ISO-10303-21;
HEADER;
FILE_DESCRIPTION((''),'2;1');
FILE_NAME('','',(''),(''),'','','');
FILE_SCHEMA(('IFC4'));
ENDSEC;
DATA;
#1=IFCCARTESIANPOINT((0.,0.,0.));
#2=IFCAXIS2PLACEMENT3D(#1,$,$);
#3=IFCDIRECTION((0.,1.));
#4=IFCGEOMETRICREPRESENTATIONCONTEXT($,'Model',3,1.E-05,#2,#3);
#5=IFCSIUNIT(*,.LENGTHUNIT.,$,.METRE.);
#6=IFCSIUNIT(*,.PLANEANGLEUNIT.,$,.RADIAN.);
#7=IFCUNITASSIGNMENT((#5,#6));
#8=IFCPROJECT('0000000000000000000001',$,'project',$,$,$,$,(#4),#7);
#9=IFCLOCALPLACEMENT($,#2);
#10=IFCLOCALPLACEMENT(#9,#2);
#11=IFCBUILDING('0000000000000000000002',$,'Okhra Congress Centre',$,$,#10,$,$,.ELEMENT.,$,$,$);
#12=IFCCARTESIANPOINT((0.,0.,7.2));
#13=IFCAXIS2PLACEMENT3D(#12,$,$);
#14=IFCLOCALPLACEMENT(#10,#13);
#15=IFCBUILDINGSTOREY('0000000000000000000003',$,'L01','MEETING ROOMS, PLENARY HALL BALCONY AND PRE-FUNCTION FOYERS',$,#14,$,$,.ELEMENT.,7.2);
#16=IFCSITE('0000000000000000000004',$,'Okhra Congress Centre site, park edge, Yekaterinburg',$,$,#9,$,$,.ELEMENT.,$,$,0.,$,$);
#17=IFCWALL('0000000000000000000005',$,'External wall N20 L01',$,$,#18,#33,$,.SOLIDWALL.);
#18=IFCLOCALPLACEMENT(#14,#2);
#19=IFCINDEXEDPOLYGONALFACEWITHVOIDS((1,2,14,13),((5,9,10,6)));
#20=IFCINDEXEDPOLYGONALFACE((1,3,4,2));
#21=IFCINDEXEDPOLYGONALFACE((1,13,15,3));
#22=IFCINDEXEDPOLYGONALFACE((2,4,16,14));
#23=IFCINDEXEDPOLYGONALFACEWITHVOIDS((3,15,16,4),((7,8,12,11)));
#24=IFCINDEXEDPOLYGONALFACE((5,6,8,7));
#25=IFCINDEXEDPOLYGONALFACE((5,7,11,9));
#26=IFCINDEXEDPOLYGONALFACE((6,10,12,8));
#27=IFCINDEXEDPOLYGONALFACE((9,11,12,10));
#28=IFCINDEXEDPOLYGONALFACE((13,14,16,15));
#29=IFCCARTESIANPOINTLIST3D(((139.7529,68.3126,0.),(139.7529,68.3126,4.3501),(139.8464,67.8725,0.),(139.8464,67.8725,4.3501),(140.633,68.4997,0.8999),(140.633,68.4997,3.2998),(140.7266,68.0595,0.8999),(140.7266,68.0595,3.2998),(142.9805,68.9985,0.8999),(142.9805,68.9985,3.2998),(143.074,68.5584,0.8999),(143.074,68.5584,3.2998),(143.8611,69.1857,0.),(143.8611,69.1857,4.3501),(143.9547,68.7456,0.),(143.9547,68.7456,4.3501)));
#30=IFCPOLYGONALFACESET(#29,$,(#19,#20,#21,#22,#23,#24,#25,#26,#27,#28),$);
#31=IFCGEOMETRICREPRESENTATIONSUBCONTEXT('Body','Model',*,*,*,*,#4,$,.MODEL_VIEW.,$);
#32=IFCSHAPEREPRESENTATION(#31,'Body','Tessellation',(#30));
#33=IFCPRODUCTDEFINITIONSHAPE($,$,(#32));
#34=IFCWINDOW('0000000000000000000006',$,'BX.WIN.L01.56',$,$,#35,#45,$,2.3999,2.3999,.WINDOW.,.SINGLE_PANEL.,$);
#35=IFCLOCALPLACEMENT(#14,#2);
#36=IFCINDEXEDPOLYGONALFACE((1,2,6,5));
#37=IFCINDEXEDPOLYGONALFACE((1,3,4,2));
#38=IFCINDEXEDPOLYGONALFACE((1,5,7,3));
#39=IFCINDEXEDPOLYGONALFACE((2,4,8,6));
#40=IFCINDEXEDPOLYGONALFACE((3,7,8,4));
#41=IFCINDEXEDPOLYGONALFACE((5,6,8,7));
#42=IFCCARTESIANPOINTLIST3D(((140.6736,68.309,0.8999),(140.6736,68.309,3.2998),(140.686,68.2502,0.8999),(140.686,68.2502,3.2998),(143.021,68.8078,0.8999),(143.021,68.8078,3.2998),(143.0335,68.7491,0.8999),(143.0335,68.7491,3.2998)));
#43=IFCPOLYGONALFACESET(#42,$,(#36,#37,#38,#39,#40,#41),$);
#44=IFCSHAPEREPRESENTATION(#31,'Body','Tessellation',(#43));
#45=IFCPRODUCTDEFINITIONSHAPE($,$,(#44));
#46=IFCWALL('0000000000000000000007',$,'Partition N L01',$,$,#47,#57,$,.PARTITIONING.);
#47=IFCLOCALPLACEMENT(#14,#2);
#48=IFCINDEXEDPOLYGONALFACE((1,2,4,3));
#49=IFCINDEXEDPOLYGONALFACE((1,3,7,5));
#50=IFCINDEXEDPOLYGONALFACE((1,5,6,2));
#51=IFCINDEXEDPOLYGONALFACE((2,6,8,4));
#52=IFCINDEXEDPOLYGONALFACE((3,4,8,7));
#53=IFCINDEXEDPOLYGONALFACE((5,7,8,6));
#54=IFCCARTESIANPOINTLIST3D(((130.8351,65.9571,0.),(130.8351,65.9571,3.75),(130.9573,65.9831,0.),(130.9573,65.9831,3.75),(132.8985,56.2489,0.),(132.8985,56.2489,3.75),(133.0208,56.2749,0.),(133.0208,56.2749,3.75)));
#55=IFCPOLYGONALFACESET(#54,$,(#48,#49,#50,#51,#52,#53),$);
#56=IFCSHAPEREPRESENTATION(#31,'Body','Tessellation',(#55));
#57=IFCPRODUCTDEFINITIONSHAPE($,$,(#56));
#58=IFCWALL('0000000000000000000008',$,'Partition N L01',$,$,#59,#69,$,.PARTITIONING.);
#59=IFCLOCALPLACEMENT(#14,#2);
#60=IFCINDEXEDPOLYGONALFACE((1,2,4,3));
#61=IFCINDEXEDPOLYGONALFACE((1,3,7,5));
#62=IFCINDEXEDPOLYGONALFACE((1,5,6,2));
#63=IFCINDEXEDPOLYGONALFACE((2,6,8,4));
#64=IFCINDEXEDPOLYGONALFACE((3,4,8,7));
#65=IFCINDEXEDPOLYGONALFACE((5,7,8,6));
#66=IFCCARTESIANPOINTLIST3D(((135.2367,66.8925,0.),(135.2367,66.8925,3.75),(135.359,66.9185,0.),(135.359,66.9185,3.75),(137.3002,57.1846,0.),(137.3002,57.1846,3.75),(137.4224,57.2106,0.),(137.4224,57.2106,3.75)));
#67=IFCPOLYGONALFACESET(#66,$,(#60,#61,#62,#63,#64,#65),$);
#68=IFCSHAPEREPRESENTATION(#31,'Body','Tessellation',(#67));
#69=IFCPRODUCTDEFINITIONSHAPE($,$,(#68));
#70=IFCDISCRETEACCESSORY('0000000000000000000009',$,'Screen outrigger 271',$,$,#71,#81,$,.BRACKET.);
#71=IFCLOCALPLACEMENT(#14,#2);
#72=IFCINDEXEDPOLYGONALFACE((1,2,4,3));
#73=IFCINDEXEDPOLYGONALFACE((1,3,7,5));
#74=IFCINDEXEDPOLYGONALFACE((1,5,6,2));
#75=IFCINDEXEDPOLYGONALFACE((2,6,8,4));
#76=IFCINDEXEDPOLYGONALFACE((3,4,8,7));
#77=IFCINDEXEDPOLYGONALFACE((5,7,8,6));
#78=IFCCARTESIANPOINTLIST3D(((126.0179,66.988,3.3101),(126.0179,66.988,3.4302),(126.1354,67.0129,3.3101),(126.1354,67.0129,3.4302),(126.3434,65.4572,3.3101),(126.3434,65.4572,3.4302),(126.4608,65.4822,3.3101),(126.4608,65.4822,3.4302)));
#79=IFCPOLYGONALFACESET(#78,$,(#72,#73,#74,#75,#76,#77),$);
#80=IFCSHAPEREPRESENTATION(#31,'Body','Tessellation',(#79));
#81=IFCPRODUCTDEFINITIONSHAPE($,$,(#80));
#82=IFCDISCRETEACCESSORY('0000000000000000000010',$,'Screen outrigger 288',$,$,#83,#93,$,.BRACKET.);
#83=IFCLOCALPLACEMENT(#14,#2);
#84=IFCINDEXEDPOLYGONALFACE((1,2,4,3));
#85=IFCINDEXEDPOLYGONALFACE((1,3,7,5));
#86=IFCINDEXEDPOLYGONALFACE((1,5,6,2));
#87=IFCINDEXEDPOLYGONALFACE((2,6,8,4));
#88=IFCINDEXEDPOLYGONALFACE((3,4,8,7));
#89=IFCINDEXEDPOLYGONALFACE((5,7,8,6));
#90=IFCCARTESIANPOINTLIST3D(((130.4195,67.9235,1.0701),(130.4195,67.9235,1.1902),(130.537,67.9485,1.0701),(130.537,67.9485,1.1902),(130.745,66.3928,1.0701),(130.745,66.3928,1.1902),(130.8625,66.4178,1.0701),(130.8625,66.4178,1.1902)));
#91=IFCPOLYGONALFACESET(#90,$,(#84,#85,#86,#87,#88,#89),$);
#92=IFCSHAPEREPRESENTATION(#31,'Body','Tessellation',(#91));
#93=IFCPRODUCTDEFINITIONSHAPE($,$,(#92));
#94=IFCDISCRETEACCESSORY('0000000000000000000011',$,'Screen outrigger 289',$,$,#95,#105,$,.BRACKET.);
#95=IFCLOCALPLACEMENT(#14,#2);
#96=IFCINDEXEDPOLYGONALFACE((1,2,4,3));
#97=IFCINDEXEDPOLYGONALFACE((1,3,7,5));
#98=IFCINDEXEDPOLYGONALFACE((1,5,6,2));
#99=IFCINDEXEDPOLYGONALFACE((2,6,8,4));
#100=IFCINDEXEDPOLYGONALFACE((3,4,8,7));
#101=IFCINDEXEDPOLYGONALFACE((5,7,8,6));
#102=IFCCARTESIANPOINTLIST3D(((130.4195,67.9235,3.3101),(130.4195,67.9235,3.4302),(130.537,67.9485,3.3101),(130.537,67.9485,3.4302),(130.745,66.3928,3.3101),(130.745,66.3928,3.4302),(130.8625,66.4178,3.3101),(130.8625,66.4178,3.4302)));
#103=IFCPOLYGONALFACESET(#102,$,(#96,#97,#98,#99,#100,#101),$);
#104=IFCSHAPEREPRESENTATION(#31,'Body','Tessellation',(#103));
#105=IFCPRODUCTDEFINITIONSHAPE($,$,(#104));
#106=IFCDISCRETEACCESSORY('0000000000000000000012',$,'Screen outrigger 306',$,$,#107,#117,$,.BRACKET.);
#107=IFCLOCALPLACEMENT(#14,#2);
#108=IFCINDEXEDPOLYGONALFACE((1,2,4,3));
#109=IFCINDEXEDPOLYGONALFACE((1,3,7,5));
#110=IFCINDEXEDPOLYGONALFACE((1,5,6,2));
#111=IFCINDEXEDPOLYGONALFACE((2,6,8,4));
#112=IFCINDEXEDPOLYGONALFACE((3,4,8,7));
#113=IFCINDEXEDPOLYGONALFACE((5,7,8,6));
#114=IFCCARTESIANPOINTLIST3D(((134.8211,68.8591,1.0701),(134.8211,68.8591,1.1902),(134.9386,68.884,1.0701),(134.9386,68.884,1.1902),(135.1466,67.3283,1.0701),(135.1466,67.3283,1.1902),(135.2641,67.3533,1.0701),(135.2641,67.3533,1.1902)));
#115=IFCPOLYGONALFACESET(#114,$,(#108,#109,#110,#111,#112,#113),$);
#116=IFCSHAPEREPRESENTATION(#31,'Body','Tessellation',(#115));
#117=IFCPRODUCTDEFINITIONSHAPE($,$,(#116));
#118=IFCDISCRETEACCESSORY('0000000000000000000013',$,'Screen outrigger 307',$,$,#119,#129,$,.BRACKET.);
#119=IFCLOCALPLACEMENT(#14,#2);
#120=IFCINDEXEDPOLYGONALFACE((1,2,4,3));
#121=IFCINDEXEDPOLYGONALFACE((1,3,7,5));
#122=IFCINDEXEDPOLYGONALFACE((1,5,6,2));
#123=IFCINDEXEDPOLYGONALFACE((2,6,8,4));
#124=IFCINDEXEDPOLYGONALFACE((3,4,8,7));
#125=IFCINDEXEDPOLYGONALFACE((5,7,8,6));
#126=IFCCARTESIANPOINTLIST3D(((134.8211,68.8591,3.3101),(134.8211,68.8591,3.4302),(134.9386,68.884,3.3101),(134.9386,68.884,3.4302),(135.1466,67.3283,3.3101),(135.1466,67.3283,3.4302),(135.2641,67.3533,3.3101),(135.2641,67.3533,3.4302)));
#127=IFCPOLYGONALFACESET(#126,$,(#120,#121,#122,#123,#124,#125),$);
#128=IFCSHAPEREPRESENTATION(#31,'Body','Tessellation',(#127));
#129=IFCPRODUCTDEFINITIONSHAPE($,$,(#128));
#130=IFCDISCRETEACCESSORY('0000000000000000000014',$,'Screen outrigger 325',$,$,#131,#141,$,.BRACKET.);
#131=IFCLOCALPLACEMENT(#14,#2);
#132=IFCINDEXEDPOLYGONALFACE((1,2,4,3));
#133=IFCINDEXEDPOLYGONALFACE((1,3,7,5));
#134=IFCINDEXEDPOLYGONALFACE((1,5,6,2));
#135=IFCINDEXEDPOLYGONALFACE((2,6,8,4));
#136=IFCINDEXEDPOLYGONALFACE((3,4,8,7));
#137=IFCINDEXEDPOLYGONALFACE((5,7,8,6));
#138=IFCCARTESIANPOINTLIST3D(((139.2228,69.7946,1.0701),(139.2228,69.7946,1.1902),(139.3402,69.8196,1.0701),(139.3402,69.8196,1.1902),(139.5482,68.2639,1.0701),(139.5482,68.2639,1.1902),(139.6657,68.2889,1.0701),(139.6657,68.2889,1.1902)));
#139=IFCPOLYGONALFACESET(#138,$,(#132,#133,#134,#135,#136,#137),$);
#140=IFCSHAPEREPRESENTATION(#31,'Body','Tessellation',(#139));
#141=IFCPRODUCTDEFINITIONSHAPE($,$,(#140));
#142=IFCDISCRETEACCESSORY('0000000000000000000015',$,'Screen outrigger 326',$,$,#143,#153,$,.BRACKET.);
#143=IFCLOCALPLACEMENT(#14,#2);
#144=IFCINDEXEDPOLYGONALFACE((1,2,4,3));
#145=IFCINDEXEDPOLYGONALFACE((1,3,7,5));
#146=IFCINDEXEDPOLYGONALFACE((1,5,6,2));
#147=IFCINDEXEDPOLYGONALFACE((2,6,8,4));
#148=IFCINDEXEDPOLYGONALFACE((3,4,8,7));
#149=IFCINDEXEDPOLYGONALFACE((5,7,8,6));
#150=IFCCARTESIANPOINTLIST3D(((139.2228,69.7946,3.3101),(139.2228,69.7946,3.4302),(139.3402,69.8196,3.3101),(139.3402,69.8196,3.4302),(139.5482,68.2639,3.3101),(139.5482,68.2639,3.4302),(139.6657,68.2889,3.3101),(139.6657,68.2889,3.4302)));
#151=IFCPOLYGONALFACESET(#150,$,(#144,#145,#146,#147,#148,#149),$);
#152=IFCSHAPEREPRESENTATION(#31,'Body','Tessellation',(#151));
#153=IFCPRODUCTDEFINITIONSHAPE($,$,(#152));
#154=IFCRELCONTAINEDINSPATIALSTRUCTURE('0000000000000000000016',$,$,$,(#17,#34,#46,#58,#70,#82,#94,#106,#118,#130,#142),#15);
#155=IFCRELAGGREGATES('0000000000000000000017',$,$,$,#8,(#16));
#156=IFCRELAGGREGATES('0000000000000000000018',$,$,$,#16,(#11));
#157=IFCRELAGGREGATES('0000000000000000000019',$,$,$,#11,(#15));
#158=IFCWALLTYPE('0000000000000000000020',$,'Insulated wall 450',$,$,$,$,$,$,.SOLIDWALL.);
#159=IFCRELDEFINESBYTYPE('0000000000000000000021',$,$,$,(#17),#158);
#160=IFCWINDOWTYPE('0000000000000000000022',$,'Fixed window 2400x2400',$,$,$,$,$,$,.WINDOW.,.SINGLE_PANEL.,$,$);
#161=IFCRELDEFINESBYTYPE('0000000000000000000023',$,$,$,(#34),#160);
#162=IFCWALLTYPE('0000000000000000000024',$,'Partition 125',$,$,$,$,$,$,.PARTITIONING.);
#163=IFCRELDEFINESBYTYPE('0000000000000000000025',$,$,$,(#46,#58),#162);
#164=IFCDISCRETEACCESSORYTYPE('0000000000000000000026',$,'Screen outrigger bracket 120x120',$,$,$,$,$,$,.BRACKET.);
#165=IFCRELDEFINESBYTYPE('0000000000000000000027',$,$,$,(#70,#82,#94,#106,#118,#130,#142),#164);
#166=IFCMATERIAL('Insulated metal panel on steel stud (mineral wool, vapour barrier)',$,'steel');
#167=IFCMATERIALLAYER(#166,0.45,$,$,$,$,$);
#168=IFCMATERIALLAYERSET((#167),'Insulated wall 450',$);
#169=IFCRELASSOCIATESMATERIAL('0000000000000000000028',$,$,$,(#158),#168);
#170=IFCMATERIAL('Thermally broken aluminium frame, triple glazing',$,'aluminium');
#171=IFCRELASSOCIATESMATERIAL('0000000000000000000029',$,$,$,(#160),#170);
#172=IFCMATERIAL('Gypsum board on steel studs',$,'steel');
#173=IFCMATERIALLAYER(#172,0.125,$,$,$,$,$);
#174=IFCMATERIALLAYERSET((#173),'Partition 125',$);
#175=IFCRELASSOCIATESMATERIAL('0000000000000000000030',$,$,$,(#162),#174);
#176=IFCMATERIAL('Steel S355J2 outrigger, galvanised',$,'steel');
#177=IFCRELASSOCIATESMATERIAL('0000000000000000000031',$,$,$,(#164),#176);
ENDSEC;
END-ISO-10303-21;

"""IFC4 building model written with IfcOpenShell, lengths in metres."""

from ifc_helpers import new_model, si_unit, direction, frame, frame_2d, origin, origin_2d, place, context, subcontext, project, spatial, rectangle, extrude, material, layer, layer_set, material_profile, profile_set, type_object, element, fill, save


model = new_model("IFC4")

# Units and contexts
model_context = context("Model", 3, precision=1e-05, world=origin(), true_north=direction((0.0, 1.0)))
body_context = subcontext(model_context, "Body", "Model", "MODEL_VIEW")
ifc_project = project(units=[si_unit("LENGTHUNIT", "METRE"), si_unit("PLANEANGLEUNIT", "RADIAN")], contexts=[model_context])

# Site, building, storey
site_placement = place(None, origin())
site = spatial("IfcSite", under=ifc_project, at=site_placement, Name="Okhra Congress Centre site, park edge, Yekaterinburg", CompositionType="ELEMENT", RefElevation=0.0)
building_placement = place(site_placement, origin())
building = spatial("IfcBuilding", under=site, at=building_placement, Name="Okhra Congress Centre", CompositionType="ELEMENT")
storey_placement = place(building_placement, frame((0.0, 0.0, 7.2)))
storey = spatial("IfcBuildingStorey", under=building, at=storey_placement, Name="L01", Description="MEETING ROOMS, PLENARY HALL BALCONY AND PRE-FUNCTION FOYERS", CompositionType="ELEMENT", Elevation=7.2)

# Wall, opening, window
ifc_material_1 = material(Name="Insulated metal panel on steel stud (mineral wool, vapour barrier)", Category="steel")
ifc_layer_1 = layer(ifc_material_1, 0.45)
ifc_layer_set_1 = layer_set([ifc_layer_1], Name="Insulated wall 450")
wall_type_1 = type_object("IfcWallType", Name="Insulated wall 450", PredefinedType="SOLIDWALL", material=ifc_layer_set_1)
ifc_material_2 = material(Name="Thermally broken aluminium frame, triple glazing", Category="aluminium")
window_type = type_object("IfcWindowType", Name="Fixed window 2400x2400", PartitioningType="SINGLE_PANEL", PredefinedType="WINDOW", material=ifc_material_2)
wall_1_placement = place(storey_placement, frame((139.7996, 68.0925, 0.0), z_axis=(0.0, 0.0, 1.0), x_axis=(0.978156, 0.207873, 0.0)))
wall_1 = element("IfcWall", 1, at=wall_1_placement, inside=storey, type_object=wall_type_1, Name="External wall N20 L01", PredefinedType="SOLIDWALL", context=body_context, shape_type="SweptSolid", body=[
    extrude(rectangle(XDim=4.2, YDim=0.45, at=frame_2d((2.1001, 0.0))), origin(), (0.0, 0.0, 1.0), 4.3501),
])
opening_1_placement = place(wall_1_placement, frame((0.8999, 0.0, 0.8999)))
opening_1 = element("IfcOpeningElement", 2, at=opening_1_placement, cuts=wall_1, PredefinedType="OPENING", context=body_context, shape_type="SweptSolid", body=[
    extrude(rectangle(XDim=2.3999, YDim=2.3999, at=frame_2d((1.2, 1.2))), frame((0.0, 0.2349, 0.0), z_axis=(0.0, -1.0, 0.0), x_axis=(1.0, 0.0, 0.0)), (0.0, 0.0, 1.0), 0.47),
])
window_1_placement = place(opening_1_placement, origin())
window_1 = element("IfcWindow", 3, at=window_1_placement, inside=storey, type_object=window_type, Name="BX.WIN.L01.56", OverallHeight=2.3999, OverallWidth=2.3999, PartitioningType="SINGLE_PANEL", PredefinedType="WINDOW", context=body_context, shape_type="SweptSolid", body=[
    extrude(rectangle(XDim=2.3999, YDim=2.3999, at=frame_2d((1.2, 1.2))), frame((0.0, 0.03, 0.0), z_axis=(0.0, -1.0, 0.0), x_axis=(1.0, 0.0, 0.0)), (0.0, 0.0, 1.0), 0.0601),
])
fill(opening_1, window_1)

# Walls
ifc_material_3 = material(Name="Gypsum board on steel studs", Category="steel")
ifc_layer_2 = layer(ifc_material_3, 0.125)
ifc_layer_set_2 = layer_set([ifc_layer_2], Name="Partition 125")
wall_type_2 = type_object("IfcWallType", Name="Partition 125", PredefinedType="PARTITIONING", material=ifc_layer_set_2)
wall_2_placement = place(storey_placement, frame((130.8962, 65.97, 0.0), z_axis=(0.0, 0.0, 1.0), x_axis=(0.207904, -0.978149, 0.0)))
element("IfcWall", 4, at=wall_2_placement, inside=storey, type_object=wall_type_2, Name="Partition N L01", PredefinedType="PARTITIONING", context=body_context, shape_type="SweptSolid", body=[
    extrude(rectangle(XDim=9.925, YDim=0.125, at=frame_2d((4.9624, 0.0))), origin(), (0.0, 0.0, 1.0), 3.75),
])
wall_3_placement = place(storey_placement, frame((135.2979, 66.9055, 0.0), z_axis=(0.0, 0.0, 1.0), x_axis=(0.207909, -0.978148, 0.0)))
element("IfcWall", 5, at=wall_3_placement, inside=storey, type_object=wall_type_2, Name="Partition N L01", PredefinedType="PARTITIONING", context=body_context, shape_type="SweptSolid", body=[
    extrude(rectangle(XDim=9.9248, YDim=0.125, at=frame_2d((4.9624, 0.0))), origin(), (0.0, 0.0, 1.0), 3.75),
])

# Discrete accessories
ifc_material_4 = material(Name="Steel S355J2 outrigger, galvanised", Category="steel")
ifc_material_profile_1 = material_profile(ifc_material_4, rectangle(XDim=0.1201, YDim=0.1201, at=origin_2d()), Name="Screen outrigger bracket 120x120")
ifc_profile_set_1 = profile_set([ifc_material_profile_1], Name="Steel S355J2 outrigger, galvanised")
discrete_accessory_type = type_object("IfcDiscreteAccessoryType", Name="Screen outrigger bracket 120x120", PredefinedType="BRACKET", material=ifc_profile_set_1)
for number, where, z_axis, x_axis, name in (
    (6, (126.4021, 65.4697, 3.3701), (-0.207952, 0.978139, 0.0), (-0.978139, -0.207952, 0.0), "Screen outrigger 271"),
    (7, (130.8037, 66.4053, 1.1301), (-0.207952, 0.978139, 0.0), (-0.978139, -0.207952, 0.0), "Screen outrigger 288"),
    (8, (130.8037, 66.4053, 3.3701), (-0.207952, 0.978139, 0.0), (-0.978139, -0.207952, 0.0), "Screen outrigger 289"),
    (9, (135.2053, 67.3408, 1.1301), (-0.207952, 0.978139, 0.0), (-0.978139, -0.207952, 0.0), "Screen outrigger 306"),
    (10, (135.2053, 67.3408, 3.3701), (-0.207952, 0.978139, 0.0), (-0.978139, -0.207952, 0.0), "Screen outrigger 307"),
    (11, (139.6069, 68.2764, 1.1301), (-0.207952, 0.978139, 0.0), (-0.978139, -0.207952, 0.0), "Screen outrigger 325"),
    (12, (139.6069, 68.2764, 3.3701), (-0.207952, 0.978139, 0.0), (-0.978139, -0.207952, 0.0), "Screen outrigger 326"),
):
    element("IfcDiscreteAccessory", number, at=place(storey_placement, frame(where, z_axis=z_axis, x_axis=x_axis)), inside=storey, type_object=discrete_accessory_type, Name=name, PredefinedType="BRACKET", context=body_context, shape_type="SweptSolid", body=[
        extrude(rectangle(XDim=0.1201, YDim=0.1201, at=origin_2d()), origin(), (0.0, 0.0, 1.0), 1.5649),
    ])

save(model, "model.ifc")
